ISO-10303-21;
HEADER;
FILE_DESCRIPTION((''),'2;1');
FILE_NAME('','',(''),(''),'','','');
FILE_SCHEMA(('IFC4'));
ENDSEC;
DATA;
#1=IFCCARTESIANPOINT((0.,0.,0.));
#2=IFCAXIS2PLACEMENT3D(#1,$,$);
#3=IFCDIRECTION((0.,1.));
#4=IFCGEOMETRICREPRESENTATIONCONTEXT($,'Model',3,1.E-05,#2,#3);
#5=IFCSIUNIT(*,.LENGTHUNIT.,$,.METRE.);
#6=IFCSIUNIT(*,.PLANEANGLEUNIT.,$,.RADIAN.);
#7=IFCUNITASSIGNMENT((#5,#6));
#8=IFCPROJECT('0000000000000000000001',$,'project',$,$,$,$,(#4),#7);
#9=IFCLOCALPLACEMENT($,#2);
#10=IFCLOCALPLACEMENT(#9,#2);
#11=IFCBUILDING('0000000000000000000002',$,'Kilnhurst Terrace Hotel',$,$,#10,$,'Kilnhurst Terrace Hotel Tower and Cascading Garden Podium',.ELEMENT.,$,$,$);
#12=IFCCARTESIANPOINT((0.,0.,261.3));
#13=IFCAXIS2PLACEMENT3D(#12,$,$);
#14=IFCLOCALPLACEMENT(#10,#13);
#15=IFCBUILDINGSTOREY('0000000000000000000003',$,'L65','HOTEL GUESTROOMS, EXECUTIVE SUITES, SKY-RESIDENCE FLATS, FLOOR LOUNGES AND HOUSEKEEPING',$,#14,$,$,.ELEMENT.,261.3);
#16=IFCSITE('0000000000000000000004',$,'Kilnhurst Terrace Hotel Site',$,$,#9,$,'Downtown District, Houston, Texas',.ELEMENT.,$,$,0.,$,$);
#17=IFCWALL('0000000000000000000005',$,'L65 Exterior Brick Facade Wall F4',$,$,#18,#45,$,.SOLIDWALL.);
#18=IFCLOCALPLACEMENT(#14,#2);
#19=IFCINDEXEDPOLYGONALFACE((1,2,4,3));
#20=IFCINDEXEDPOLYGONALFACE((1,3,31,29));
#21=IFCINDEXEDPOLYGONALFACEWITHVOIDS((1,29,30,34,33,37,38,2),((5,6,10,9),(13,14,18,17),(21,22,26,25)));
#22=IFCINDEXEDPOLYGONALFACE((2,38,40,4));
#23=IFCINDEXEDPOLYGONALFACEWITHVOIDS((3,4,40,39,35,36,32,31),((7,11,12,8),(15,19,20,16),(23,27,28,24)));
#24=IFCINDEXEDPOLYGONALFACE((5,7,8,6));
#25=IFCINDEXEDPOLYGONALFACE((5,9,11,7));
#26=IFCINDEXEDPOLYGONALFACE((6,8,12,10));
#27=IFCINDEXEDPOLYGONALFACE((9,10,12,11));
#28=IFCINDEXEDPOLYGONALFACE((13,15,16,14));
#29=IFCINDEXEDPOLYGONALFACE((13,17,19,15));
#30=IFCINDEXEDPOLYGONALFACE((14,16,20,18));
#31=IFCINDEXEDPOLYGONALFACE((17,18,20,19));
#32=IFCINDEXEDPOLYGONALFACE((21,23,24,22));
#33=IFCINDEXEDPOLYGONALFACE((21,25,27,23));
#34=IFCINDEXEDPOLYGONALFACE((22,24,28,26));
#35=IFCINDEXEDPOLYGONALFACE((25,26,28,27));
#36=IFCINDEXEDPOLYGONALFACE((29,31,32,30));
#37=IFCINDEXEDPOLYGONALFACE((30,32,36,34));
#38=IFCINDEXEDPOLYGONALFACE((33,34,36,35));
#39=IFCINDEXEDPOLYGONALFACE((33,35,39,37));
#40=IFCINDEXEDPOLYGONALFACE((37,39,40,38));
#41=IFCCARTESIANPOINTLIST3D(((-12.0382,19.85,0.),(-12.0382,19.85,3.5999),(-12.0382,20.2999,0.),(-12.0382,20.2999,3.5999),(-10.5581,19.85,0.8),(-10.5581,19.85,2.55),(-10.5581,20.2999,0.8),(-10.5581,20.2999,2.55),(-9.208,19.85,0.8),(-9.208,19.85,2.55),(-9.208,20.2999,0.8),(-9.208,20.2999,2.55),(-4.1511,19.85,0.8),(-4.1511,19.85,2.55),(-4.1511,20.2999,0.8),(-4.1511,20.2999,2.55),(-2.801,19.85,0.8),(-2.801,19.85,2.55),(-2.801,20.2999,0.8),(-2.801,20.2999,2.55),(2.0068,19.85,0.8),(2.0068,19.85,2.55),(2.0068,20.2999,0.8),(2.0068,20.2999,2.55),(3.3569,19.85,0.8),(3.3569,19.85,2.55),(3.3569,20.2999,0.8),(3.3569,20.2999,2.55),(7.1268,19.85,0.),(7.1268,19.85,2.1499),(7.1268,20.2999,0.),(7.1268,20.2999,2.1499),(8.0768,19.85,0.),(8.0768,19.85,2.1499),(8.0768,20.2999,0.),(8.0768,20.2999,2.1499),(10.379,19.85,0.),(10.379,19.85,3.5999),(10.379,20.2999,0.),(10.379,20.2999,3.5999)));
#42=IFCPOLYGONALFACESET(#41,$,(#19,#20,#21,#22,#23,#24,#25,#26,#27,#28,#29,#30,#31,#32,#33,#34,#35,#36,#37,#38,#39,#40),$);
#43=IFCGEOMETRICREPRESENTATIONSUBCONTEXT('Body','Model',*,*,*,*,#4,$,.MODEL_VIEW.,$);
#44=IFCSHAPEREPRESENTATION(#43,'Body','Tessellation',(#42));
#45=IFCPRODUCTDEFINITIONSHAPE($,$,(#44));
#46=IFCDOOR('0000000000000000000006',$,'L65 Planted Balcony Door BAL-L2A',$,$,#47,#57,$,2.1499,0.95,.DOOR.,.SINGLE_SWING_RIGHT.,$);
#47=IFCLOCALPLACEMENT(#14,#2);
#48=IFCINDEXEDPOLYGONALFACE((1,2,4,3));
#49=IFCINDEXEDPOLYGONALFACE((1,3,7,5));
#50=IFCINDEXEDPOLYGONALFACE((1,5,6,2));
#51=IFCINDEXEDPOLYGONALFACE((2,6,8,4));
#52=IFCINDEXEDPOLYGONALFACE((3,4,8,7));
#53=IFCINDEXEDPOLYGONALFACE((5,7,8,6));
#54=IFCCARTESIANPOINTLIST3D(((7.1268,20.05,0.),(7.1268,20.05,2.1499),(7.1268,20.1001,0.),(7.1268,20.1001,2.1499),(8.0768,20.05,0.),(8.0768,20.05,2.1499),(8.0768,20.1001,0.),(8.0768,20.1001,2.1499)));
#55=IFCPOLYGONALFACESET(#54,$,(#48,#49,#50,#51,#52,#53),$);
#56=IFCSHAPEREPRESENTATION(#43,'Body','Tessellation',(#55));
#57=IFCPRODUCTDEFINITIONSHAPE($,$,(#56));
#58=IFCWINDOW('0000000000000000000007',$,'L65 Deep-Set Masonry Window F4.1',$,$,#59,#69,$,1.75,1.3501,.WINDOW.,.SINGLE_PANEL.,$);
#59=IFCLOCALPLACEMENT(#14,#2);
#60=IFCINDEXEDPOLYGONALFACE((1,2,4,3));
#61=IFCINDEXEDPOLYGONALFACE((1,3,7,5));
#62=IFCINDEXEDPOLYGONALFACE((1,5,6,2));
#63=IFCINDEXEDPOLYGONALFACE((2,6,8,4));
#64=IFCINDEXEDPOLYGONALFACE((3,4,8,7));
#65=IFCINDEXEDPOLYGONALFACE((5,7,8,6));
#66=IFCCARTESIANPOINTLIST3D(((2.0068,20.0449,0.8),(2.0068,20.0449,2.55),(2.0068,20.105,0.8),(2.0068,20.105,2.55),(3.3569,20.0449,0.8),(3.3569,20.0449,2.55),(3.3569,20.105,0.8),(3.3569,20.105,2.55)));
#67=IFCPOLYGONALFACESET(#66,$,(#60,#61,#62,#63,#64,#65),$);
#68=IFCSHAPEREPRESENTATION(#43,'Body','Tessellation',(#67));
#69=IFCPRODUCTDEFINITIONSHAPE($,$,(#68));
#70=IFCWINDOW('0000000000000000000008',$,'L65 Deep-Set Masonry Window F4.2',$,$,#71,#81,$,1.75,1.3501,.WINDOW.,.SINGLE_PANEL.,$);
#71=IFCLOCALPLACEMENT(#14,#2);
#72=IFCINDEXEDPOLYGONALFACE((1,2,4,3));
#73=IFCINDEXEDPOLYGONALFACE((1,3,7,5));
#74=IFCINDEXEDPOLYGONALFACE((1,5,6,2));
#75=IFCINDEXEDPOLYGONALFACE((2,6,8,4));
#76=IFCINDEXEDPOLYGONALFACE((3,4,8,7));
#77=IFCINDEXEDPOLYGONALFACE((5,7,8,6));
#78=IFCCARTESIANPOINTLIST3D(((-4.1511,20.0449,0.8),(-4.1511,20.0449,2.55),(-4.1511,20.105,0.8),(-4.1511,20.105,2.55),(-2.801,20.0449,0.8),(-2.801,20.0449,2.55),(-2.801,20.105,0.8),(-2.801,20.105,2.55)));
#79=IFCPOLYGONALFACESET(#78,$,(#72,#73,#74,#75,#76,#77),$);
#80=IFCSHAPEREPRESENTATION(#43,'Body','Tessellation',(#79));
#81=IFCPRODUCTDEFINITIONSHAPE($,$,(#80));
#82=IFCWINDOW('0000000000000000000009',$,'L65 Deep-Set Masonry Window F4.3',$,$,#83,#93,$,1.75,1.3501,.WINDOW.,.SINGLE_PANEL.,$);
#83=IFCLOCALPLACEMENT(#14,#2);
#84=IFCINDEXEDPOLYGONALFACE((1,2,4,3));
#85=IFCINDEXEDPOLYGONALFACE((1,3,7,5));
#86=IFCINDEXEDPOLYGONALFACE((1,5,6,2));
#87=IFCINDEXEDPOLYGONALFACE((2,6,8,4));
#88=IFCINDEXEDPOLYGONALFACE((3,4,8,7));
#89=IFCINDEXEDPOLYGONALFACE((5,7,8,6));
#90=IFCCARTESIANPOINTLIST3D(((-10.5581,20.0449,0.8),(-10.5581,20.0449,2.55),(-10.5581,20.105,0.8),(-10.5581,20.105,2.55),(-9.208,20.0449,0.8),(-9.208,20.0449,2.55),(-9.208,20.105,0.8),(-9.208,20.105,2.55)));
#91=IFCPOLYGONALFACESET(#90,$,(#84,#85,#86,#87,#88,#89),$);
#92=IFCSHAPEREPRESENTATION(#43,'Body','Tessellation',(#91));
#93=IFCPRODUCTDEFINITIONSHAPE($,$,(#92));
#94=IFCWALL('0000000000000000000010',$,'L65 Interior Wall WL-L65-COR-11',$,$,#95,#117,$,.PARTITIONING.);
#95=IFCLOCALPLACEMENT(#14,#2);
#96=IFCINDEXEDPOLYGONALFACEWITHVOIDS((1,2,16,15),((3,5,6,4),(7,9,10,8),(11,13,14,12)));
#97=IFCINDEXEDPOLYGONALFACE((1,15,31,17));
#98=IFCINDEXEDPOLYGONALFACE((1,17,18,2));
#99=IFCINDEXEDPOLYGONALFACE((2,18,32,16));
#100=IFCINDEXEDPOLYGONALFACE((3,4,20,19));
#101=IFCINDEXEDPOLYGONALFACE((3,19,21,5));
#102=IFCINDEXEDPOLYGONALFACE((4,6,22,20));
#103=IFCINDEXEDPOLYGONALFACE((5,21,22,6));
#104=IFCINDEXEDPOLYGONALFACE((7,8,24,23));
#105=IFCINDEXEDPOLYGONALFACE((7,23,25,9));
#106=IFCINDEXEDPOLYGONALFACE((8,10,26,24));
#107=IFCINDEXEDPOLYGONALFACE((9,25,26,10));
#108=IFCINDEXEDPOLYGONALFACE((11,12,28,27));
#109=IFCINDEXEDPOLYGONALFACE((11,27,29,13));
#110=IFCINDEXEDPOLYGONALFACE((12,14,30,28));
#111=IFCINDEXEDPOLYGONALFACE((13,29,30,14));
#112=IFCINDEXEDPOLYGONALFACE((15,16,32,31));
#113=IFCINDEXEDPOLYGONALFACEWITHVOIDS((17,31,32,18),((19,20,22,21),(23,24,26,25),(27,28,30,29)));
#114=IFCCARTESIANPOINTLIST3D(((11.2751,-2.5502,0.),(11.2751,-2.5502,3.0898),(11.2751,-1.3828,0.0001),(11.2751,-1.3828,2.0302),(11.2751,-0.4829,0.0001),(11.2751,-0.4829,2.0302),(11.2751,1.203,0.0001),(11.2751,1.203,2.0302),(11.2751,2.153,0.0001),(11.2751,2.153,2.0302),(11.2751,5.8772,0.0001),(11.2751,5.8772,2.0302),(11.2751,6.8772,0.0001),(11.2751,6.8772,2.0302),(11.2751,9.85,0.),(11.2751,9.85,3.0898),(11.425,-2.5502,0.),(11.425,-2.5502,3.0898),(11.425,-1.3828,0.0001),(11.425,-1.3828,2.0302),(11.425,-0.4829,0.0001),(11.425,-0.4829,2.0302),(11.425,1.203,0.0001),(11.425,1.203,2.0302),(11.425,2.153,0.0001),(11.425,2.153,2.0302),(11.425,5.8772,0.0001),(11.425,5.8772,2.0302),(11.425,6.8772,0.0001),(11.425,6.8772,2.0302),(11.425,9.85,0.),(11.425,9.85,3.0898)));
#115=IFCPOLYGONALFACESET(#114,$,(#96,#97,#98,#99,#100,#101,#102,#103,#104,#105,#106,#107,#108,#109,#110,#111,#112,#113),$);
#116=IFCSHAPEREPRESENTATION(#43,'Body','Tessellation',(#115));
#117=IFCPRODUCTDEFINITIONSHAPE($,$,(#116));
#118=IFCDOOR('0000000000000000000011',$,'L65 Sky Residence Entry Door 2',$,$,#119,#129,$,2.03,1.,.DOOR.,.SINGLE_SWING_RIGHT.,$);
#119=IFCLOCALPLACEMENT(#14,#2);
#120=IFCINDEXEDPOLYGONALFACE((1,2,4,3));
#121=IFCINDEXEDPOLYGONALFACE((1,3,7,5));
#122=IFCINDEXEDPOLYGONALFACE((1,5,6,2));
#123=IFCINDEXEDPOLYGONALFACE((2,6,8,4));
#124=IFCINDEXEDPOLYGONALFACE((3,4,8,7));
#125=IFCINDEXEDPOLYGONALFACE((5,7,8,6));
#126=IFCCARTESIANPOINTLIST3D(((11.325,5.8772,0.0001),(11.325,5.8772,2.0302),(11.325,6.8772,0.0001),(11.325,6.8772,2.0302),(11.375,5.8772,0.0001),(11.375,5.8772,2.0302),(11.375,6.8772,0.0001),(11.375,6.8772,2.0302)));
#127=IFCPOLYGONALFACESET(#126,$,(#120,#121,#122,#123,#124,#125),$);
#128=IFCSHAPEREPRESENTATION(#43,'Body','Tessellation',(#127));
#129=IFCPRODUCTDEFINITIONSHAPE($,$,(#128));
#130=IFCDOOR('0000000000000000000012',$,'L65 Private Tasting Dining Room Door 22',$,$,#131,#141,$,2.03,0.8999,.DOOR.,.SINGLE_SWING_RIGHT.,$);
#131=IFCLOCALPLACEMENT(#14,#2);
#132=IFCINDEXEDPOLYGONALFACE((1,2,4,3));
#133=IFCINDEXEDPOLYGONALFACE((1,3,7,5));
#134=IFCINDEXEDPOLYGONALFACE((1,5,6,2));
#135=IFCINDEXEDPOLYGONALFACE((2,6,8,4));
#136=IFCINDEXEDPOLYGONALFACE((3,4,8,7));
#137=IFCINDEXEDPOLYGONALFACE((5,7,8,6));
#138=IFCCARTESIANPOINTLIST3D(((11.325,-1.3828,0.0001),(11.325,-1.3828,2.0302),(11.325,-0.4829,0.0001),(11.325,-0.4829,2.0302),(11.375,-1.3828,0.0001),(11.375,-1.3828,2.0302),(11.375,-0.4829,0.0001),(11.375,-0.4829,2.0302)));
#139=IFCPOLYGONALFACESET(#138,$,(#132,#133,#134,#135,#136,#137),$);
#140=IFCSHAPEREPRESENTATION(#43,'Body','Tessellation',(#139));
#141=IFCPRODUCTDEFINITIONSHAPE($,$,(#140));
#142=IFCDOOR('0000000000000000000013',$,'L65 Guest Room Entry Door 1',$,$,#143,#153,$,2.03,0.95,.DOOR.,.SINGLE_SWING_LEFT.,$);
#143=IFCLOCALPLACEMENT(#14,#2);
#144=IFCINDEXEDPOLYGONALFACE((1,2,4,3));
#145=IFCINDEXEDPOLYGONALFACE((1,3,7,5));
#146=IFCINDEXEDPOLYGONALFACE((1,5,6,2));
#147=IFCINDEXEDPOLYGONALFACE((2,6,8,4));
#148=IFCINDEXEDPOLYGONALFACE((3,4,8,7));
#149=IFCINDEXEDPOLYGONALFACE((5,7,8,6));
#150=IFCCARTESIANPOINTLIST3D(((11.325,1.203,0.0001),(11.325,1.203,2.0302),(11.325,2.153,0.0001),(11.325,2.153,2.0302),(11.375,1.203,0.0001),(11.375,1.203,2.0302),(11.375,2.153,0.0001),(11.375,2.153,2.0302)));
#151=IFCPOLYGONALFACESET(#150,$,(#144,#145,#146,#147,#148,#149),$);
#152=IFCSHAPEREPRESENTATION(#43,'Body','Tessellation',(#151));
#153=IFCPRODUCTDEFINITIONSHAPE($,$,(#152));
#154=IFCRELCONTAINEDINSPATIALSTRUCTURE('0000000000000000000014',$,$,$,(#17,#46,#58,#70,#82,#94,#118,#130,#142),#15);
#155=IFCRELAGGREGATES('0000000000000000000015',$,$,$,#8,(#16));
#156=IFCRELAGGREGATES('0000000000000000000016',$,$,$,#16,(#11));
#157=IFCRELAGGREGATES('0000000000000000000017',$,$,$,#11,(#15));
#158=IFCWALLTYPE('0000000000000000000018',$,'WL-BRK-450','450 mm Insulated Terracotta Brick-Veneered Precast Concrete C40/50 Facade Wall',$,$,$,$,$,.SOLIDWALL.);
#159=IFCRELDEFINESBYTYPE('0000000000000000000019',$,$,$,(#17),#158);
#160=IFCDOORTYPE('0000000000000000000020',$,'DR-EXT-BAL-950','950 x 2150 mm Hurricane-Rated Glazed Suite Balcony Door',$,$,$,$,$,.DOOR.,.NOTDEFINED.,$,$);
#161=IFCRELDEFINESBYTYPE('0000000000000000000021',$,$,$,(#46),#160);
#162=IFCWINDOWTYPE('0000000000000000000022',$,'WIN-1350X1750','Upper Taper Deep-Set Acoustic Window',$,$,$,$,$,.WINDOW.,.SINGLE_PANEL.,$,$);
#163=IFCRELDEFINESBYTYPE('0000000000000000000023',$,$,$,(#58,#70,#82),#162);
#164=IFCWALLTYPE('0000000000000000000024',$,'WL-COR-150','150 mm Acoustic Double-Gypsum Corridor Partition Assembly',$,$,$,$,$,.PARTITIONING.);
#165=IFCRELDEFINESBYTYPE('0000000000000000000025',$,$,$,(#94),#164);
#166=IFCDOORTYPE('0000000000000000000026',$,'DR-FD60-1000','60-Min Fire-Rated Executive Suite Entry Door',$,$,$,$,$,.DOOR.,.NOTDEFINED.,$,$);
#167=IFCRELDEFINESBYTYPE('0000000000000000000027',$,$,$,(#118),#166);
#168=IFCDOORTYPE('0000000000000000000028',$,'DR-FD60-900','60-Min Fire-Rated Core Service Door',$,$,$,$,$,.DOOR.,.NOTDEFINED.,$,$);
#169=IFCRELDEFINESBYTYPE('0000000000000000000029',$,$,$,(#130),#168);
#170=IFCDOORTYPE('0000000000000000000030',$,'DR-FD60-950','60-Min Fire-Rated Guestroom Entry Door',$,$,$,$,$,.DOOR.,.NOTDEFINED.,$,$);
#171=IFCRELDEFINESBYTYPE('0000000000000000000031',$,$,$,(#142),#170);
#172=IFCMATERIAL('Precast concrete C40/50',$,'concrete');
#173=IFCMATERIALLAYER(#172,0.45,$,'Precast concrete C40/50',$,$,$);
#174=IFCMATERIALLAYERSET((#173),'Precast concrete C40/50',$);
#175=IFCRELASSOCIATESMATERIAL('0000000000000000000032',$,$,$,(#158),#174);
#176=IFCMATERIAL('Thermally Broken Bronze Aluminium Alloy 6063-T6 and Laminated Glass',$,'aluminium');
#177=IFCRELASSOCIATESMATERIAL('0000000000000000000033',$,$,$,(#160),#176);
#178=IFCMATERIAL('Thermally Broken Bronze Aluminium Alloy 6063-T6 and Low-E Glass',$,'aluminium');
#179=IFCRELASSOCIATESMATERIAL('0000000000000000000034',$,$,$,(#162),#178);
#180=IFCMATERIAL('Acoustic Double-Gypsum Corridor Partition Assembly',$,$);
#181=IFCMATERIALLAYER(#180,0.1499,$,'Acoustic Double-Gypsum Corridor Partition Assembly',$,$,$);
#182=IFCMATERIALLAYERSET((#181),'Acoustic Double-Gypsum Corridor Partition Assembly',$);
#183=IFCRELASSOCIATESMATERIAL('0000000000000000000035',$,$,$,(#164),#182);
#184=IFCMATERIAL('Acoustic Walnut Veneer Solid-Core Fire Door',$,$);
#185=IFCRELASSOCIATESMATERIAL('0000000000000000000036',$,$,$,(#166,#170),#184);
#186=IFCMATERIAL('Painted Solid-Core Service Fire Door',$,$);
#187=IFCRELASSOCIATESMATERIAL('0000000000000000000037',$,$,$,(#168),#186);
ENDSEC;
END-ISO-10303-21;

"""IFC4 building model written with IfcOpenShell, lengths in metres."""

from ifc_helpers import new_model, si_unit, direction, frame, frame_2d, origin, place, context, subcontext, project, spatial, rectangle, extrude, material, layer, layer_set, type_object, element, fill, save


model = new_model("IFC4")

# Units and contexts
model_context = context("Model", 3, precision=1e-05, world=origin(), true_north=direction((0.0, 1.0)))
body_context = subcontext(model_context, "Body", "Model", "MODEL_VIEW")
ifc_project = project(units=[si_unit("LENGTHUNIT", "METRE"), si_unit("PLANEANGLEUNIT", "RADIAN")], contexts=[model_context])

# Site, building, storey
site_placement = place(None, origin())
site = spatial("IfcSite", under=ifc_project, at=site_placement, Name="Kilnhurst Terrace Hotel Site", LongName="Downtown District, Houston, Texas", CompositionType="ELEMENT", RefElevation=0.0)
building_placement = place(site_placement, origin())
building = spatial("IfcBuilding", under=site, at=building_placement, Name="Kilnhurst Terrace Hotel", LongName="Kilnhurst Terrace Hotel Tower and Cascading Garden Podium", CompositionType="ELEMENT")
storey_placement = place(building_placement, frame((0.0, 0.0, 261.3)))
storey = spatial("IfcBuildingStorey", under=building, at=storey_placement, Name="L65", Description="HOTEL GUESTROOMS, EXECUTIVE SUITES, SKY-RESIDENCE FLATS, FLOOR LOUNGES AND HOUSEKEEPING", CompositionType="ELEMENT", Elevation=261.3)

# Shared definitions
ifc_material_1 = material(Name="Precast concrete C40/50", Category="concrete")
ifc_layer_1 = layer(ifc_material_1, 0.45, Name="Precast concrete C40/50")
ifc_layer_set_1 = layer_set([ifc_layer_1], Name="Precast concrete C40/50")
wall_type_1 = type_object("IfcWallType", Name="WL-BRK-450", Description="450 mm Insulated Terracotta Brick-Veneered Precast Concrete C40/50 Facade Wall", PredefinedType="SOLIDWALL", material=ifc_layer_set_1)

# Wall, openings, door, windows
wall_1_placement = place(storey_placement, frame((10.3789, 20.075, 0.0), z_axis=(0.0, 0.0, 1.0), x_axis=(-1.0, 0.0, 0.0)))
wall_1 = element("IfcWall", 1, at=wall_1_placement, inside=storey, type_object=wall_type_1, Name="L65 Exterior Brick Facade Wall F4", PredefinedType="SOLIDWALL", context=body_context, shape_type="SweptSolid", body=[
    extrude(rectangle(XDim=22.4172, YDim=0.45, at=frame_2d((11.2085, 0.0))), origin(), (0.0, 0.0, 1.0), 3.5999),
])
opening_1_placement = place(wall_1_placement, frame((2.302, 0.0, 0.0)))
opening_1 = element("IfcOpeningElement", 2, at=opening_1_placement, cuts=wall_1, PredefinedType="OPENING", context=body_context, shape_type="SweptSolid", body=[
    extrude(rectangle(XDim=0.95, YDim=2.1499, at=frame_2d((0.4751, 1.075))), frame((0.0, 0.2349, 0.0), z_axis=(0.0, -1.0, 0.0), x_axis=(1.0, 0.0, 0.0)), (0.0, 0.0, 1.0), 0.47),
])
opening_2_placement = place(wall_1_placement, frame((7.022, 0.0, 0.8)))
opening_2 = element("IfcOpeningElement", 3, at=opening_2_placement, cuts=wall_1, PredefinedType="OPENING", context=body_context, shape_type="SweptSolid", body=[
    extrude(rectangle(XDim=1.3501, YDim=1.75, at=frame_2d((0.675, 0.875))), frame((0.0, 0.2349, 0.0), z_axis=(0.0, -1.0, 0.0), x_axis=(1.0, 0.0, 0.0)), (0.0, 0.0, 1.0), 0.47),
])
opening_3_placement = place(wall_1_placement, frame((13.1799, 0.0, 0.8)))
opening_3 = element("IfcOpeningElement", 4, at=opening_3_placement, cuts=wall_1, PredefinedType="OPENING", context=body_context, shape_type="SweptSolid", body=[
    extrude(rectangle(XDim=1.3501, YDim=1.75, at=frame_2d((0.675, 0.875))), frame((0.0, 0.2349, 0.0), z_axis=(0.0, -1.0, 0.0), x_axis=(1.0, 0.0, 0.0)), (0.0, 0.0, 1.0), 0.47),
])
opening_4_placement = place(wall_1_placement, frame((19.5869, 0.0, 0.8)))
opening_4 = element("IfcOpeningElement", 5, at=opening_4_placement, cuts=wall_1, PredefinedType="OPENING", context=body_context, shape_type="SweptSolid", body=[
    extrude(rectangle(XDim=1.3501, YDim=1.75, at=frame_2d((0.675, 0.875))), frame((0.0, 0.2349, 0.0), z_axis=(0.0, -1.0, 0.0), x_axis=(1.0, 0.0, 0.0)), (0.0, 0.0, 1.0), 0.47),
])
ifc_material_2 = material(Name="Thermally Broken Bronze Aluminium Alloy 6063-T6 and Laminated Glass", Category="aluminium")
door_type_1 = type_object("IfcDoorType", Name="DR-EXT-BAL-950", Description="950 x 2150 mm Hurricane-Rated Glazed Suite Balcony Door", OperationType="NOTDEFINED", PredefinedType="DOOR", material=ifc_material_2)
door_1_placement = place(opening_1_placement, origin())
door_1 = element("IfcDoor", 6, at=door_1_placement, inside=storey, type_object=door_type_1, Name="L65 Planted Balcony Door BAL-L2A", OperationType="SINGLE_SWING_RIGHT", OverallHeight=2.1499, OverallWidth=0.95, PredefinedType="DOOR", context=body_context, shape_type="SweptSolid", body=[
    extrude(rectangle(XDim=0.95, YDim=2.1499, at=frame_2d((0.4751, 1.075))), frame((0.0, 0.0249, 0.0), z_axis=(0.0, -1.0, 0.0), x_axis=(1.0, 0.0, 0.0)), (0.0, 0.0, 1.0), 0.05),
])
fill(opening_1, door_1)
ifc_material_3 = material(Name="Thermally Broken Bronze Aluminium Alloy 6063-T6 and Low-E Glass", Category="aluminium")
window_type = type_object("IfcWindowType", Name="WIN-1350X1750", Description="Upper Taper Deep-Set Acoustic Window", PartitioningType="SINGLE_PANEL", PredefinedType="WINDOW", material=ifc_material_3)
window_1_placement = place(opening_2_placement, origin())
window_1 = element("IfcWindow", 7, at=window_1_placement, inside=storey, type_object=window_type, Name="L65 Deep-Set Masonry Window F4.1", OverallHeight=1.75, OverallWidth=1.3501, PartitioningType="SINGLE_PANEL", PredefinedType="WINDOW", context=body_context, shape_type="SweptSolid", body=[
    extrude(rectangle(XDim=1.3501, YDim=1.75, at=frame_2d((0.675, 0.875))), frame((0.0, 0.03, 0.0), z_axis=(0.0, -1.0, 0.0), x_axis=(1.0, 0.0, 0.0)), (0.0, 0.0, 1.0), 0.0601),
])
fill(opening_2, window_1)
window_2_placement = place(opening_3_placement, origin())
window_2 = element("IfcWindow", 8, at=window_2_placement, inside=storey, type_object=window_type, Name="L65 Deep-Set Masonry Window F4.2", OverallHeight=1.75, OverallWidth=1.3501, PartitioningType="SINGLE_PANEL", PredefinedType="WINDOW", context=body_context, shape_type="SweptSolid", body=[
    extrude(rectangle(XDim=1.3501, YDim=1.75, at=frame_2d((0.675, 0.875))), frame((0.0, 0.03, 0.0), z_axis=(0.0, -1.0, 0.0), x_axis=(1.0, 0.0, 0.0)), (0.0, 0.0, 1.0), 0.0601),
])
fill(opening_3, window_2)
window_3_placement = place(opening_4_placement, origin())
window_3 = element("IfcWindow", 9, at=window_3_placement, inside=storey, type_object=window_type, Name="L65 Deep-Set Masonry Window F4.3", OverallHeight=1.75, OverallWidth=1.3501, PartitioningType="SINGLE_PANEL", PredefinedType="WINDOW", context=body_context, shape_type="SweptSolid", body=[
    extrude(rectangle(XDim=1.3501, YDim=1.75, at=frame_2d((0.675, 0.875))), frame((0.0, 0.03, 0.0), z_axis=(0.0, -1.0, 0.0), x_axis=(1.0, 0.0, 0.0)), (0.0, 0.0, 1.0), 0.0601),
])
fill(opening_4, window_3)

# Wall, openings, doors
ifc_material_4 = material(Name="Acoustic Double-Gypsum Corridor Partition Assembly")
ifc_layer_2 = layer(ifc_material_4, 0.1499, Name="Acoustic Double-Gypsum Corridor Partition Assembly")
ifc_layer_set_2 = layer_set([ifc_layer_2], Name="Acoustic Double-Gypsum Corridor Partition Assembly")
wall_type_2 = type_object("IfcWallType", Name="WL-COR-150", Description="150 mm Acoustic Double-Gypsum Corridor Partition Assembly", PredefinedType="PARTITIONING", material=ifc_layer_set_2)
wall_2_placement = place(storey_placement, frame((11.3501, 9.8501, 0.0), z_axis=(0.0, 0.0, 1.0), x_axis=(0.0, -1.0, 0.0)))
wall_2 = element("IfcWall", 10, at=wall_2_placement, inside=storey, type_object=wall_type_2, Name="L65 Interior Wall WL-L65-COR-11", PredefinedType="PARTITIONING", context=body_context, shape_type="SweptSolid", body=[
    extrude(rectangle(XDim=12.4001, YDim=0.1499, at=frame_2d((6.2002, 0.0))), origin(), (0.0, 0.0, 1.0), 3.0898),
])
opening_5_placement = place(wall_2_placement, frame((7.697, 0.0, 0.0)))
opening_5 = element("IfcOpeningElement", 11, at=opening_5_placement, cuts=wall_2, PredefinedType="OPENING", context=body_context, shape_type="SweptSolid", body=[
    extrude(rectangle(XDim=0.95, YDim=2.03, at=frame_2d((0.4751, 1.0151))), frame((0.0, 0.085, 0.0), z_axis=(0.0, -1.0, 0.0), x_axis=(1.0, 0.0, 0.0)), (0.0, 0.0, 1.0), 0.1699),
])
opening_6_placement = place(wall_2_placement, frame((2.9729, 0.0, 0.0)))
opening_6 = element("IfcOpeningElement", 12, at=opening_6_placement, cuts=wall_2, PredefinedType="OPENING", context=body_context, shape_type="SweptSolid", body=[
    extrude(rectangle(XDim=1.0, YDim=2.03, at=frame_2d((0.5, 1.0151))), frame((0.0, 0.085, 0.0), z_axis=(0.0, -1.0, 0.0), x_axis=(1.0, 0.0, 0.0)), (0.0, 0.0, 1.0), 0.1699),
])
opening_7_placement = place(wall_2_placement, frame((10.333, 0.0, 0.0)))
opening_7 = element("IfcOpeningElement", 13, at=opening_7_placement, cuts=wall_2, PredefinedType="OPENING", context=body_context, shape_type="SweptSolid", body=[
    extrude(rectangle(XDim=0.8999, YDim=2.03, at=frame_2d((0.45, 1.0151))), frame((0.0, 0.085, 0.0), z_axis=(0.0, -1.0, 0.0), x_axis=(1.0, 0.0, 0.0)), (0.0, 0.0, 1.0), 0.1699),
])
ifc_material_5 = material(Name="Acoustic Walnut Veneer Solid-Core Fire Door")
door_type_2 = type_object("IfcDoorType", Name="DR-FD60-1000", Description="60-Min Fire-Rated Executive Suite Entry Door", OperationType="NOTDEFINED", PredefinedType="DOOR", material=ifc_material_5)
door_2_placement = place(opening_6_placement, origin())
door_2 = element("IfcDoor", 14, at=door_2_placement, inside=storey, type_object=door_type_2, Name="L65 Sky Residence Entry Door 2", OperationType="SINGLE_SWING_RIGHT", OverallHeight=2.03, OverallWidth=1.0, PredefinedType="DOOR", context=body_context, shape_type="SweptSolid", body=[
    extrude(rectangle(XDim=1.0, YDim=2.03, at=frame_2d((0.5, 1.0151))), frame((0.0, 0.0249, 0.0), z_axis=(0.0, -1.0, 0.0), x_axis=(1.0, 0.0, 0.0)), (0.0, 0.0, 1.0), 0.05),
])
fill(opening_6, door_2)
ifc_material_6 = material(Name="Painted Solid-Core Service Fire Door")
door_type_3 = type_object("IfcDoorType", Name="DR-FD60-900", Description="60-Min Fire-Rated Core Service Door", OperationType="NOTDEFINED", PredefinedType="DOOR", material=ifc_material_6)
door_3_placement = place(opening_7_placement, origin())
door_3 = element("IfcDoor", 15, at=door_3_placement, inside=storey, type_object=door_type_3, Name="L65 Private Tasting Dining Room Door 22", OperationType="SINGLE_SWING_RIGHT", OverallHeight=2.03, OverallWidth=0.8999, PredefinedType="DOOR", context=body_context, shape_type="SweptSolid", body=[
    extrude(rectangle(XDim=0.8999, YDim=2.03, at=frame_2d((0.45, 1.0151))), frame((0.0, 0.0249, 0.0), z_axis=(0.0, -1.0, 0.0), x_axis=(1.0, 0.0, 0.0)), (0.0, 0.0, 1.0), 0.05),
])
fill(opening_7, door_3)
door_type_4 = type_object("IfcDoorType", Name="DR-FD60-950", Description="60-Min Fire-Rated Guestroom Entry Door", OperationType="NOTDEFINED", PredefinedType="DOOR", material=ifc_material_5)
door_4_placement = place(opening_5_placement, origin())
door_4 = element("IfcDoor", 16, at=door_4_placement, inside=storey, type_object=door_type_4, Name="L65 Guest Room Entry Door 1", OperationType="SINGLE_SWING_LEFT", OverallHeight=2.03, OverallWidth=0.95, PredefinedType="DOOR", context=body_context, shape_type="SweptSolid", body=[
    extrude(rectangle(XDim=0.95, YDim=2.03, at=frame_2d((0.4751, 1.0151))), frame((0.0, 0.0249, 0.0), z_axis=(0.0, -1.0, 0.0), x_axis=(1.0, 0.0, 0.0)), (0.0, 0.0, 1.0), 0.05),
])
fill(opening_5, door_4)

save(model, "model.ifc")
